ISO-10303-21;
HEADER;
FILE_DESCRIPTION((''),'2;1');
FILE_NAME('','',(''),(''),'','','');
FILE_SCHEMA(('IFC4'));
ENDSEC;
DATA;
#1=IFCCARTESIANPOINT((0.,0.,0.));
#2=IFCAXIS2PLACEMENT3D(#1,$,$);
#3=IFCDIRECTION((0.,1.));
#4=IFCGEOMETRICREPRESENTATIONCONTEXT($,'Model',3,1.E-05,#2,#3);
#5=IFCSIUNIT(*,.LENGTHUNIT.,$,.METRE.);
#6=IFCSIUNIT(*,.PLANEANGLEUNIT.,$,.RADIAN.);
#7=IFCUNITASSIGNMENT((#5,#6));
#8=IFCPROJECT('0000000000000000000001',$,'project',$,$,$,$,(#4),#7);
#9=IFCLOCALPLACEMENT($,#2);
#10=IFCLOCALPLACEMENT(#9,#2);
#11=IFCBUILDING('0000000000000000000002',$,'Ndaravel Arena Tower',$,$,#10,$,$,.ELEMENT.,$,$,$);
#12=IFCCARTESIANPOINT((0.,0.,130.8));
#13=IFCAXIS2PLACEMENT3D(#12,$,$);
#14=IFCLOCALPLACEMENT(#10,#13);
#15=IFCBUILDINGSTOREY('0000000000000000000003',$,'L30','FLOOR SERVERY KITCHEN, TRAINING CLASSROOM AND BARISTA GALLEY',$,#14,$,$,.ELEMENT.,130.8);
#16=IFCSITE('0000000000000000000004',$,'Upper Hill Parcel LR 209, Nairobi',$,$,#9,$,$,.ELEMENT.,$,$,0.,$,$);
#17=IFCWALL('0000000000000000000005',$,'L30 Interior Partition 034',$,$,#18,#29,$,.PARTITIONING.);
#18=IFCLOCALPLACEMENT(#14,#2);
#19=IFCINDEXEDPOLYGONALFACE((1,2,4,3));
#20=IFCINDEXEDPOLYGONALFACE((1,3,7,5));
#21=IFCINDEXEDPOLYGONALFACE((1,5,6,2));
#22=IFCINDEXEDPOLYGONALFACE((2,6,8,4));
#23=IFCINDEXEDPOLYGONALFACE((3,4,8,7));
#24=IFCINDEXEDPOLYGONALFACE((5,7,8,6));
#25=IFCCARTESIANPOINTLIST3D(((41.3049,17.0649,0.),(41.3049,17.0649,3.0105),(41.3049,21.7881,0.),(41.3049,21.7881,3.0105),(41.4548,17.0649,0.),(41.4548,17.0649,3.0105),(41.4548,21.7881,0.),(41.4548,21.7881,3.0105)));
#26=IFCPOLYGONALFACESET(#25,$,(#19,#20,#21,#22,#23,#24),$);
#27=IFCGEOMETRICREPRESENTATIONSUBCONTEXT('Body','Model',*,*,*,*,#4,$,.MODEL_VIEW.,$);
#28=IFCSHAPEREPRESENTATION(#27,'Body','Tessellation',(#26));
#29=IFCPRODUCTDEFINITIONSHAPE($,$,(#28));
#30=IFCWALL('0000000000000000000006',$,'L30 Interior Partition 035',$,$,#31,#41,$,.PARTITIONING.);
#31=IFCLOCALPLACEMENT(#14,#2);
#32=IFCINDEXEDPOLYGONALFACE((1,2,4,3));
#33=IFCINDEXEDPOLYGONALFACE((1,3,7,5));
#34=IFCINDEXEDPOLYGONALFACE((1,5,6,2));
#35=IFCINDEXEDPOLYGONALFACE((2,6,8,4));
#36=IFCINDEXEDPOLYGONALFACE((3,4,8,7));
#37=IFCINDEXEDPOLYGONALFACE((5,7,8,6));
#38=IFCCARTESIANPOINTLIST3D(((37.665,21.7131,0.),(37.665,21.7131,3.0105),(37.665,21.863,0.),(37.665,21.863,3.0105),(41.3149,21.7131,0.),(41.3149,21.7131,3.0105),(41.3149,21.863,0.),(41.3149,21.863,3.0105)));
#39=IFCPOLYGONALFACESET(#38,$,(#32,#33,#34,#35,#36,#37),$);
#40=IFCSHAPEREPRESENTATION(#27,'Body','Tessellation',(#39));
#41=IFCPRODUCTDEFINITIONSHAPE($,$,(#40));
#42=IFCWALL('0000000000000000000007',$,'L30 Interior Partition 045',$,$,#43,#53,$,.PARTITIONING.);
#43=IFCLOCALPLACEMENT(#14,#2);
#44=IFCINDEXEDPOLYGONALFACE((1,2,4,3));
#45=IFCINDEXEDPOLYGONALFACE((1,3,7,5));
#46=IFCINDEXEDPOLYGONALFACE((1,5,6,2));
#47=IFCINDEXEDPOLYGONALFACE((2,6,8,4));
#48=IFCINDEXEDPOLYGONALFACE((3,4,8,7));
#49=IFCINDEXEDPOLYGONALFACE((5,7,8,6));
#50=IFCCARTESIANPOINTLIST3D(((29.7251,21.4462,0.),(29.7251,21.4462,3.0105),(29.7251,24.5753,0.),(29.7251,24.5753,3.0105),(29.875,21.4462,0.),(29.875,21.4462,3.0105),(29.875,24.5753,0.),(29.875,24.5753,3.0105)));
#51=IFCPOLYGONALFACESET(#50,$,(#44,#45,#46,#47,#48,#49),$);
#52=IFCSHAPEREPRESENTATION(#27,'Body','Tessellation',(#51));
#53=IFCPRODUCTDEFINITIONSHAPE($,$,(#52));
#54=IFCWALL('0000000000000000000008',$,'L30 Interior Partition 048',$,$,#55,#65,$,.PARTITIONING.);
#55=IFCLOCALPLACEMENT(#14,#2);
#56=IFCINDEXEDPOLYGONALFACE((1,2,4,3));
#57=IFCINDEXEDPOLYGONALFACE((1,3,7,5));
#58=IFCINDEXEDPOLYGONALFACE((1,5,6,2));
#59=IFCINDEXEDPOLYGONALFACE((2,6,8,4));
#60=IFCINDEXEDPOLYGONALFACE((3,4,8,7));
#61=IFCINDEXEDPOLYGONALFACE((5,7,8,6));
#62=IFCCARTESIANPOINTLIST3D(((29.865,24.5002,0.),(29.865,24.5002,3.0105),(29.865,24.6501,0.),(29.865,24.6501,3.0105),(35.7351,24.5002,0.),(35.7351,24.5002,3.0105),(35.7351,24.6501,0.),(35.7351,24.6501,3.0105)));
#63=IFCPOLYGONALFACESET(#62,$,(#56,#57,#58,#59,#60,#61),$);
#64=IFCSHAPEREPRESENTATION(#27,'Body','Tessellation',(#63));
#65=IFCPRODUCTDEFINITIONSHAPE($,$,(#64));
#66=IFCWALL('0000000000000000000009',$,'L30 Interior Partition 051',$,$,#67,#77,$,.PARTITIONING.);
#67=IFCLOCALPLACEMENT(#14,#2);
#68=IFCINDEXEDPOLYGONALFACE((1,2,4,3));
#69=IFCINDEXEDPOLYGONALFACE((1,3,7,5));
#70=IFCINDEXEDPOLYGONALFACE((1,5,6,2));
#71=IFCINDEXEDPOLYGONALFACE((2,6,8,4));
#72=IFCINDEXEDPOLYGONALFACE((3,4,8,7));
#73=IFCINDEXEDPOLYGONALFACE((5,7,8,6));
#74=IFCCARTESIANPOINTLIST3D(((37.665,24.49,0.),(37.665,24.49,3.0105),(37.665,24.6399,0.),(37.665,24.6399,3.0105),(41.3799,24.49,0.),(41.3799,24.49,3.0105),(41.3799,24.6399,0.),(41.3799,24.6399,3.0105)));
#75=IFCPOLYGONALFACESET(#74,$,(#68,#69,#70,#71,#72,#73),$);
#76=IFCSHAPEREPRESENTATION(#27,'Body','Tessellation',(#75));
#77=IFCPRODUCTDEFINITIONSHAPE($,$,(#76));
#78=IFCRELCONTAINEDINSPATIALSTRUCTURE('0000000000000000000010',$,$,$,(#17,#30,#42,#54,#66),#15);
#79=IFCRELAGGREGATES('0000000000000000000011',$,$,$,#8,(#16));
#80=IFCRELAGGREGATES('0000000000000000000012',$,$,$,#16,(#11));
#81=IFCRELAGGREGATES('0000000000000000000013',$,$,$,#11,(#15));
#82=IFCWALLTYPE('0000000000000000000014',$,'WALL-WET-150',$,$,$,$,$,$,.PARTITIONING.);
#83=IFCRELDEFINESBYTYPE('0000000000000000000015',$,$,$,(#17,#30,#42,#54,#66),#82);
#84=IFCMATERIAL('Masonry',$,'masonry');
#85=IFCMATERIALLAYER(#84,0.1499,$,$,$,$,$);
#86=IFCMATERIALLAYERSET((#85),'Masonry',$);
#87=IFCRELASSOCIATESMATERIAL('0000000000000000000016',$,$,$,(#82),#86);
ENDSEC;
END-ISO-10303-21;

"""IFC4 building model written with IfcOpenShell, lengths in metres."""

from ifc_helpers import new_model, si_unit, direction, frame, frame_2d, origin, place, context, subcontext, project, spatial, rectangle, extrude, material, layer, layer_set, type_object, element, save


model = new_model("IFC4")

# Units and contexts
model_context = context("Model", 3, precision=1e-05, world=origin(), true_north=direction((0.0, 1.0)))
body_context = subcontext(model_context, "Body", "Model", "MODEL_VIEW")
ifc_project = project(units=[si_unit("LENGTHUNIT", "METRE"), si_unit("PLANEANGLEUNIT", "RADIAN")], contexts=[model_context])

# Site, building, storey
site_placement = place(None, origin())
site = spatial("IfcSite", under=ifc_project, at=site_placement, Name="Upper Hill Parcel LR 209, Nairobi", CompositionType="ELEMENT", RefElevation=0.0)
building_placement = place(site_placement, origin())
building = spatial("IfcBuilding", under=site, at=building_placement, Name="Ndaravel Arena Tower", CompositionType="ELEMENT")
storey_placement = place(building_placement, frame((0.0, 0.0, 130.8)))
storey = spatial("IfcBuildingStorey", under=building, at=storey_placement, Name="L30", Description="FLOOR SERVERY KITCHEN, TRAINING CLASSROOM AND BARISTA GALLEY", CompositionType="ELEMENT", Elevation=130.8)

# Shared definitions
ifc_material_1 = material(Name="Masonry", Category="masonry")
ifc_layer_1 = layer(ifc_material_1, 0.1499)
ifc_layer_set_1 = layer_set([ifc_layer_1], Name="Masonry")
wall_type_1 = type_object("IfcWallType", Name="WALL-WET-150", PredefinedType="PARTITIONING", material=ifc_layer_set_1)

# Walls
wall_1_placement = place(storey_placement, frame((41.3799, 21.7881, 0.0), z_axis=(0.0, 0.0, 1.0), x_axis=(0.0, -1.0, 0.0)))
element("IfcWall", 1, at=wall_1_placement, inside=storey, type_object=wall_type_1, Name="L30 Interior Partition 034", PredefinedType="PARTITIONING", context=body_context, shape_type="SweptSolid", body=[
    extrude(rectangle(XDim=4.7231, YDim=0.1499, at=frame_2d((2.3616, 0.0))), origin(), (0.0, 0.0, 1.0), 3.0105),
])
wall_2_placement = place(storey_placement, frame((37.665, 21.7881, 0.0), z_axis=(0.0, 0.0, 1.0), x_axis=(1.0, 0.0, 0.0)))
element("IfcWall", 2, at=wall_2_placement, inside=storey, type_object=wall_type_1, Name="L30 Interior Partition 035", PredefinedType="PARTITIONING", context=body_context, shape_type="SweptSolid", body=[
    extrude(rectangle(XDim=3.6499, YDim=0.1499, at=frame_2d((1.825, 0.0))), origin(), (0.0, 0.0, 1.0), 3.0105),
])
wall_3_placement = place(storey_placement, frame((29.8, 24.5752, 0.0), z_axis=(0.0, 0.0, 1.0), x_axis=(0.0, -1.0, 0.0)))
element("IfcWall", 3, at=wall_3_placement, inside=storey, type_object=wall_type_1, Name="L30 Interior Partition 045", PredefinedType="PARTITIONING", context=body_context, shape_type="SweptSolid", body=[
    extrude(rectangle(XDim=3.1292, YDim=0.1499, at=frame_2d((1.5645, 0.0))), origin(), (0.0, 0.0, 1.0), 3.0105),
])
wall_4_placement = place(storey_placement, frame((29.865, 24.5752, 0.0), z_axis=(0.0, 0.0, 1.0), x_axis=(1.0, 0.0, 0.0)))
element("IfcWall", 4, at=wall_4_placement, inside=storey, type_object=wall_type_1, Name="L30 Interior Partition 048", PredefinedType="PARTITIONING", context=body_context, shape_type="SweptSolid", body=[
    extrude(rectangle(XDim=5.8701, YDim=0.1499, at=frame_2d((2.9351, 0.0))), origin(), (0.0, 0.0, 1.0), 3.0105),
])
wall_5_placement = place(storey_placement, frame((37.665, 24.5649, 0.0), z_axis=(0.0, 0.0, 1.0), x_axis=(1.0, 0.0, 0.0)))
element("IfcWall", 5, at=wall_5_placement, inside=storey, type_object=wall_type_1, Name="L30 Interior Partition 051", PredefinedType="PARTITIONING", context=body_context, shape_type="SweptSolid", body=[
    extrude(rectangle(XDim=3.7148, YDim=0.1499, at=frame_2d((1.8574, 0.0))), origin(), (0.0, 0.0, 1.0), 3.0105),
])

save(model, "model.ifc")
